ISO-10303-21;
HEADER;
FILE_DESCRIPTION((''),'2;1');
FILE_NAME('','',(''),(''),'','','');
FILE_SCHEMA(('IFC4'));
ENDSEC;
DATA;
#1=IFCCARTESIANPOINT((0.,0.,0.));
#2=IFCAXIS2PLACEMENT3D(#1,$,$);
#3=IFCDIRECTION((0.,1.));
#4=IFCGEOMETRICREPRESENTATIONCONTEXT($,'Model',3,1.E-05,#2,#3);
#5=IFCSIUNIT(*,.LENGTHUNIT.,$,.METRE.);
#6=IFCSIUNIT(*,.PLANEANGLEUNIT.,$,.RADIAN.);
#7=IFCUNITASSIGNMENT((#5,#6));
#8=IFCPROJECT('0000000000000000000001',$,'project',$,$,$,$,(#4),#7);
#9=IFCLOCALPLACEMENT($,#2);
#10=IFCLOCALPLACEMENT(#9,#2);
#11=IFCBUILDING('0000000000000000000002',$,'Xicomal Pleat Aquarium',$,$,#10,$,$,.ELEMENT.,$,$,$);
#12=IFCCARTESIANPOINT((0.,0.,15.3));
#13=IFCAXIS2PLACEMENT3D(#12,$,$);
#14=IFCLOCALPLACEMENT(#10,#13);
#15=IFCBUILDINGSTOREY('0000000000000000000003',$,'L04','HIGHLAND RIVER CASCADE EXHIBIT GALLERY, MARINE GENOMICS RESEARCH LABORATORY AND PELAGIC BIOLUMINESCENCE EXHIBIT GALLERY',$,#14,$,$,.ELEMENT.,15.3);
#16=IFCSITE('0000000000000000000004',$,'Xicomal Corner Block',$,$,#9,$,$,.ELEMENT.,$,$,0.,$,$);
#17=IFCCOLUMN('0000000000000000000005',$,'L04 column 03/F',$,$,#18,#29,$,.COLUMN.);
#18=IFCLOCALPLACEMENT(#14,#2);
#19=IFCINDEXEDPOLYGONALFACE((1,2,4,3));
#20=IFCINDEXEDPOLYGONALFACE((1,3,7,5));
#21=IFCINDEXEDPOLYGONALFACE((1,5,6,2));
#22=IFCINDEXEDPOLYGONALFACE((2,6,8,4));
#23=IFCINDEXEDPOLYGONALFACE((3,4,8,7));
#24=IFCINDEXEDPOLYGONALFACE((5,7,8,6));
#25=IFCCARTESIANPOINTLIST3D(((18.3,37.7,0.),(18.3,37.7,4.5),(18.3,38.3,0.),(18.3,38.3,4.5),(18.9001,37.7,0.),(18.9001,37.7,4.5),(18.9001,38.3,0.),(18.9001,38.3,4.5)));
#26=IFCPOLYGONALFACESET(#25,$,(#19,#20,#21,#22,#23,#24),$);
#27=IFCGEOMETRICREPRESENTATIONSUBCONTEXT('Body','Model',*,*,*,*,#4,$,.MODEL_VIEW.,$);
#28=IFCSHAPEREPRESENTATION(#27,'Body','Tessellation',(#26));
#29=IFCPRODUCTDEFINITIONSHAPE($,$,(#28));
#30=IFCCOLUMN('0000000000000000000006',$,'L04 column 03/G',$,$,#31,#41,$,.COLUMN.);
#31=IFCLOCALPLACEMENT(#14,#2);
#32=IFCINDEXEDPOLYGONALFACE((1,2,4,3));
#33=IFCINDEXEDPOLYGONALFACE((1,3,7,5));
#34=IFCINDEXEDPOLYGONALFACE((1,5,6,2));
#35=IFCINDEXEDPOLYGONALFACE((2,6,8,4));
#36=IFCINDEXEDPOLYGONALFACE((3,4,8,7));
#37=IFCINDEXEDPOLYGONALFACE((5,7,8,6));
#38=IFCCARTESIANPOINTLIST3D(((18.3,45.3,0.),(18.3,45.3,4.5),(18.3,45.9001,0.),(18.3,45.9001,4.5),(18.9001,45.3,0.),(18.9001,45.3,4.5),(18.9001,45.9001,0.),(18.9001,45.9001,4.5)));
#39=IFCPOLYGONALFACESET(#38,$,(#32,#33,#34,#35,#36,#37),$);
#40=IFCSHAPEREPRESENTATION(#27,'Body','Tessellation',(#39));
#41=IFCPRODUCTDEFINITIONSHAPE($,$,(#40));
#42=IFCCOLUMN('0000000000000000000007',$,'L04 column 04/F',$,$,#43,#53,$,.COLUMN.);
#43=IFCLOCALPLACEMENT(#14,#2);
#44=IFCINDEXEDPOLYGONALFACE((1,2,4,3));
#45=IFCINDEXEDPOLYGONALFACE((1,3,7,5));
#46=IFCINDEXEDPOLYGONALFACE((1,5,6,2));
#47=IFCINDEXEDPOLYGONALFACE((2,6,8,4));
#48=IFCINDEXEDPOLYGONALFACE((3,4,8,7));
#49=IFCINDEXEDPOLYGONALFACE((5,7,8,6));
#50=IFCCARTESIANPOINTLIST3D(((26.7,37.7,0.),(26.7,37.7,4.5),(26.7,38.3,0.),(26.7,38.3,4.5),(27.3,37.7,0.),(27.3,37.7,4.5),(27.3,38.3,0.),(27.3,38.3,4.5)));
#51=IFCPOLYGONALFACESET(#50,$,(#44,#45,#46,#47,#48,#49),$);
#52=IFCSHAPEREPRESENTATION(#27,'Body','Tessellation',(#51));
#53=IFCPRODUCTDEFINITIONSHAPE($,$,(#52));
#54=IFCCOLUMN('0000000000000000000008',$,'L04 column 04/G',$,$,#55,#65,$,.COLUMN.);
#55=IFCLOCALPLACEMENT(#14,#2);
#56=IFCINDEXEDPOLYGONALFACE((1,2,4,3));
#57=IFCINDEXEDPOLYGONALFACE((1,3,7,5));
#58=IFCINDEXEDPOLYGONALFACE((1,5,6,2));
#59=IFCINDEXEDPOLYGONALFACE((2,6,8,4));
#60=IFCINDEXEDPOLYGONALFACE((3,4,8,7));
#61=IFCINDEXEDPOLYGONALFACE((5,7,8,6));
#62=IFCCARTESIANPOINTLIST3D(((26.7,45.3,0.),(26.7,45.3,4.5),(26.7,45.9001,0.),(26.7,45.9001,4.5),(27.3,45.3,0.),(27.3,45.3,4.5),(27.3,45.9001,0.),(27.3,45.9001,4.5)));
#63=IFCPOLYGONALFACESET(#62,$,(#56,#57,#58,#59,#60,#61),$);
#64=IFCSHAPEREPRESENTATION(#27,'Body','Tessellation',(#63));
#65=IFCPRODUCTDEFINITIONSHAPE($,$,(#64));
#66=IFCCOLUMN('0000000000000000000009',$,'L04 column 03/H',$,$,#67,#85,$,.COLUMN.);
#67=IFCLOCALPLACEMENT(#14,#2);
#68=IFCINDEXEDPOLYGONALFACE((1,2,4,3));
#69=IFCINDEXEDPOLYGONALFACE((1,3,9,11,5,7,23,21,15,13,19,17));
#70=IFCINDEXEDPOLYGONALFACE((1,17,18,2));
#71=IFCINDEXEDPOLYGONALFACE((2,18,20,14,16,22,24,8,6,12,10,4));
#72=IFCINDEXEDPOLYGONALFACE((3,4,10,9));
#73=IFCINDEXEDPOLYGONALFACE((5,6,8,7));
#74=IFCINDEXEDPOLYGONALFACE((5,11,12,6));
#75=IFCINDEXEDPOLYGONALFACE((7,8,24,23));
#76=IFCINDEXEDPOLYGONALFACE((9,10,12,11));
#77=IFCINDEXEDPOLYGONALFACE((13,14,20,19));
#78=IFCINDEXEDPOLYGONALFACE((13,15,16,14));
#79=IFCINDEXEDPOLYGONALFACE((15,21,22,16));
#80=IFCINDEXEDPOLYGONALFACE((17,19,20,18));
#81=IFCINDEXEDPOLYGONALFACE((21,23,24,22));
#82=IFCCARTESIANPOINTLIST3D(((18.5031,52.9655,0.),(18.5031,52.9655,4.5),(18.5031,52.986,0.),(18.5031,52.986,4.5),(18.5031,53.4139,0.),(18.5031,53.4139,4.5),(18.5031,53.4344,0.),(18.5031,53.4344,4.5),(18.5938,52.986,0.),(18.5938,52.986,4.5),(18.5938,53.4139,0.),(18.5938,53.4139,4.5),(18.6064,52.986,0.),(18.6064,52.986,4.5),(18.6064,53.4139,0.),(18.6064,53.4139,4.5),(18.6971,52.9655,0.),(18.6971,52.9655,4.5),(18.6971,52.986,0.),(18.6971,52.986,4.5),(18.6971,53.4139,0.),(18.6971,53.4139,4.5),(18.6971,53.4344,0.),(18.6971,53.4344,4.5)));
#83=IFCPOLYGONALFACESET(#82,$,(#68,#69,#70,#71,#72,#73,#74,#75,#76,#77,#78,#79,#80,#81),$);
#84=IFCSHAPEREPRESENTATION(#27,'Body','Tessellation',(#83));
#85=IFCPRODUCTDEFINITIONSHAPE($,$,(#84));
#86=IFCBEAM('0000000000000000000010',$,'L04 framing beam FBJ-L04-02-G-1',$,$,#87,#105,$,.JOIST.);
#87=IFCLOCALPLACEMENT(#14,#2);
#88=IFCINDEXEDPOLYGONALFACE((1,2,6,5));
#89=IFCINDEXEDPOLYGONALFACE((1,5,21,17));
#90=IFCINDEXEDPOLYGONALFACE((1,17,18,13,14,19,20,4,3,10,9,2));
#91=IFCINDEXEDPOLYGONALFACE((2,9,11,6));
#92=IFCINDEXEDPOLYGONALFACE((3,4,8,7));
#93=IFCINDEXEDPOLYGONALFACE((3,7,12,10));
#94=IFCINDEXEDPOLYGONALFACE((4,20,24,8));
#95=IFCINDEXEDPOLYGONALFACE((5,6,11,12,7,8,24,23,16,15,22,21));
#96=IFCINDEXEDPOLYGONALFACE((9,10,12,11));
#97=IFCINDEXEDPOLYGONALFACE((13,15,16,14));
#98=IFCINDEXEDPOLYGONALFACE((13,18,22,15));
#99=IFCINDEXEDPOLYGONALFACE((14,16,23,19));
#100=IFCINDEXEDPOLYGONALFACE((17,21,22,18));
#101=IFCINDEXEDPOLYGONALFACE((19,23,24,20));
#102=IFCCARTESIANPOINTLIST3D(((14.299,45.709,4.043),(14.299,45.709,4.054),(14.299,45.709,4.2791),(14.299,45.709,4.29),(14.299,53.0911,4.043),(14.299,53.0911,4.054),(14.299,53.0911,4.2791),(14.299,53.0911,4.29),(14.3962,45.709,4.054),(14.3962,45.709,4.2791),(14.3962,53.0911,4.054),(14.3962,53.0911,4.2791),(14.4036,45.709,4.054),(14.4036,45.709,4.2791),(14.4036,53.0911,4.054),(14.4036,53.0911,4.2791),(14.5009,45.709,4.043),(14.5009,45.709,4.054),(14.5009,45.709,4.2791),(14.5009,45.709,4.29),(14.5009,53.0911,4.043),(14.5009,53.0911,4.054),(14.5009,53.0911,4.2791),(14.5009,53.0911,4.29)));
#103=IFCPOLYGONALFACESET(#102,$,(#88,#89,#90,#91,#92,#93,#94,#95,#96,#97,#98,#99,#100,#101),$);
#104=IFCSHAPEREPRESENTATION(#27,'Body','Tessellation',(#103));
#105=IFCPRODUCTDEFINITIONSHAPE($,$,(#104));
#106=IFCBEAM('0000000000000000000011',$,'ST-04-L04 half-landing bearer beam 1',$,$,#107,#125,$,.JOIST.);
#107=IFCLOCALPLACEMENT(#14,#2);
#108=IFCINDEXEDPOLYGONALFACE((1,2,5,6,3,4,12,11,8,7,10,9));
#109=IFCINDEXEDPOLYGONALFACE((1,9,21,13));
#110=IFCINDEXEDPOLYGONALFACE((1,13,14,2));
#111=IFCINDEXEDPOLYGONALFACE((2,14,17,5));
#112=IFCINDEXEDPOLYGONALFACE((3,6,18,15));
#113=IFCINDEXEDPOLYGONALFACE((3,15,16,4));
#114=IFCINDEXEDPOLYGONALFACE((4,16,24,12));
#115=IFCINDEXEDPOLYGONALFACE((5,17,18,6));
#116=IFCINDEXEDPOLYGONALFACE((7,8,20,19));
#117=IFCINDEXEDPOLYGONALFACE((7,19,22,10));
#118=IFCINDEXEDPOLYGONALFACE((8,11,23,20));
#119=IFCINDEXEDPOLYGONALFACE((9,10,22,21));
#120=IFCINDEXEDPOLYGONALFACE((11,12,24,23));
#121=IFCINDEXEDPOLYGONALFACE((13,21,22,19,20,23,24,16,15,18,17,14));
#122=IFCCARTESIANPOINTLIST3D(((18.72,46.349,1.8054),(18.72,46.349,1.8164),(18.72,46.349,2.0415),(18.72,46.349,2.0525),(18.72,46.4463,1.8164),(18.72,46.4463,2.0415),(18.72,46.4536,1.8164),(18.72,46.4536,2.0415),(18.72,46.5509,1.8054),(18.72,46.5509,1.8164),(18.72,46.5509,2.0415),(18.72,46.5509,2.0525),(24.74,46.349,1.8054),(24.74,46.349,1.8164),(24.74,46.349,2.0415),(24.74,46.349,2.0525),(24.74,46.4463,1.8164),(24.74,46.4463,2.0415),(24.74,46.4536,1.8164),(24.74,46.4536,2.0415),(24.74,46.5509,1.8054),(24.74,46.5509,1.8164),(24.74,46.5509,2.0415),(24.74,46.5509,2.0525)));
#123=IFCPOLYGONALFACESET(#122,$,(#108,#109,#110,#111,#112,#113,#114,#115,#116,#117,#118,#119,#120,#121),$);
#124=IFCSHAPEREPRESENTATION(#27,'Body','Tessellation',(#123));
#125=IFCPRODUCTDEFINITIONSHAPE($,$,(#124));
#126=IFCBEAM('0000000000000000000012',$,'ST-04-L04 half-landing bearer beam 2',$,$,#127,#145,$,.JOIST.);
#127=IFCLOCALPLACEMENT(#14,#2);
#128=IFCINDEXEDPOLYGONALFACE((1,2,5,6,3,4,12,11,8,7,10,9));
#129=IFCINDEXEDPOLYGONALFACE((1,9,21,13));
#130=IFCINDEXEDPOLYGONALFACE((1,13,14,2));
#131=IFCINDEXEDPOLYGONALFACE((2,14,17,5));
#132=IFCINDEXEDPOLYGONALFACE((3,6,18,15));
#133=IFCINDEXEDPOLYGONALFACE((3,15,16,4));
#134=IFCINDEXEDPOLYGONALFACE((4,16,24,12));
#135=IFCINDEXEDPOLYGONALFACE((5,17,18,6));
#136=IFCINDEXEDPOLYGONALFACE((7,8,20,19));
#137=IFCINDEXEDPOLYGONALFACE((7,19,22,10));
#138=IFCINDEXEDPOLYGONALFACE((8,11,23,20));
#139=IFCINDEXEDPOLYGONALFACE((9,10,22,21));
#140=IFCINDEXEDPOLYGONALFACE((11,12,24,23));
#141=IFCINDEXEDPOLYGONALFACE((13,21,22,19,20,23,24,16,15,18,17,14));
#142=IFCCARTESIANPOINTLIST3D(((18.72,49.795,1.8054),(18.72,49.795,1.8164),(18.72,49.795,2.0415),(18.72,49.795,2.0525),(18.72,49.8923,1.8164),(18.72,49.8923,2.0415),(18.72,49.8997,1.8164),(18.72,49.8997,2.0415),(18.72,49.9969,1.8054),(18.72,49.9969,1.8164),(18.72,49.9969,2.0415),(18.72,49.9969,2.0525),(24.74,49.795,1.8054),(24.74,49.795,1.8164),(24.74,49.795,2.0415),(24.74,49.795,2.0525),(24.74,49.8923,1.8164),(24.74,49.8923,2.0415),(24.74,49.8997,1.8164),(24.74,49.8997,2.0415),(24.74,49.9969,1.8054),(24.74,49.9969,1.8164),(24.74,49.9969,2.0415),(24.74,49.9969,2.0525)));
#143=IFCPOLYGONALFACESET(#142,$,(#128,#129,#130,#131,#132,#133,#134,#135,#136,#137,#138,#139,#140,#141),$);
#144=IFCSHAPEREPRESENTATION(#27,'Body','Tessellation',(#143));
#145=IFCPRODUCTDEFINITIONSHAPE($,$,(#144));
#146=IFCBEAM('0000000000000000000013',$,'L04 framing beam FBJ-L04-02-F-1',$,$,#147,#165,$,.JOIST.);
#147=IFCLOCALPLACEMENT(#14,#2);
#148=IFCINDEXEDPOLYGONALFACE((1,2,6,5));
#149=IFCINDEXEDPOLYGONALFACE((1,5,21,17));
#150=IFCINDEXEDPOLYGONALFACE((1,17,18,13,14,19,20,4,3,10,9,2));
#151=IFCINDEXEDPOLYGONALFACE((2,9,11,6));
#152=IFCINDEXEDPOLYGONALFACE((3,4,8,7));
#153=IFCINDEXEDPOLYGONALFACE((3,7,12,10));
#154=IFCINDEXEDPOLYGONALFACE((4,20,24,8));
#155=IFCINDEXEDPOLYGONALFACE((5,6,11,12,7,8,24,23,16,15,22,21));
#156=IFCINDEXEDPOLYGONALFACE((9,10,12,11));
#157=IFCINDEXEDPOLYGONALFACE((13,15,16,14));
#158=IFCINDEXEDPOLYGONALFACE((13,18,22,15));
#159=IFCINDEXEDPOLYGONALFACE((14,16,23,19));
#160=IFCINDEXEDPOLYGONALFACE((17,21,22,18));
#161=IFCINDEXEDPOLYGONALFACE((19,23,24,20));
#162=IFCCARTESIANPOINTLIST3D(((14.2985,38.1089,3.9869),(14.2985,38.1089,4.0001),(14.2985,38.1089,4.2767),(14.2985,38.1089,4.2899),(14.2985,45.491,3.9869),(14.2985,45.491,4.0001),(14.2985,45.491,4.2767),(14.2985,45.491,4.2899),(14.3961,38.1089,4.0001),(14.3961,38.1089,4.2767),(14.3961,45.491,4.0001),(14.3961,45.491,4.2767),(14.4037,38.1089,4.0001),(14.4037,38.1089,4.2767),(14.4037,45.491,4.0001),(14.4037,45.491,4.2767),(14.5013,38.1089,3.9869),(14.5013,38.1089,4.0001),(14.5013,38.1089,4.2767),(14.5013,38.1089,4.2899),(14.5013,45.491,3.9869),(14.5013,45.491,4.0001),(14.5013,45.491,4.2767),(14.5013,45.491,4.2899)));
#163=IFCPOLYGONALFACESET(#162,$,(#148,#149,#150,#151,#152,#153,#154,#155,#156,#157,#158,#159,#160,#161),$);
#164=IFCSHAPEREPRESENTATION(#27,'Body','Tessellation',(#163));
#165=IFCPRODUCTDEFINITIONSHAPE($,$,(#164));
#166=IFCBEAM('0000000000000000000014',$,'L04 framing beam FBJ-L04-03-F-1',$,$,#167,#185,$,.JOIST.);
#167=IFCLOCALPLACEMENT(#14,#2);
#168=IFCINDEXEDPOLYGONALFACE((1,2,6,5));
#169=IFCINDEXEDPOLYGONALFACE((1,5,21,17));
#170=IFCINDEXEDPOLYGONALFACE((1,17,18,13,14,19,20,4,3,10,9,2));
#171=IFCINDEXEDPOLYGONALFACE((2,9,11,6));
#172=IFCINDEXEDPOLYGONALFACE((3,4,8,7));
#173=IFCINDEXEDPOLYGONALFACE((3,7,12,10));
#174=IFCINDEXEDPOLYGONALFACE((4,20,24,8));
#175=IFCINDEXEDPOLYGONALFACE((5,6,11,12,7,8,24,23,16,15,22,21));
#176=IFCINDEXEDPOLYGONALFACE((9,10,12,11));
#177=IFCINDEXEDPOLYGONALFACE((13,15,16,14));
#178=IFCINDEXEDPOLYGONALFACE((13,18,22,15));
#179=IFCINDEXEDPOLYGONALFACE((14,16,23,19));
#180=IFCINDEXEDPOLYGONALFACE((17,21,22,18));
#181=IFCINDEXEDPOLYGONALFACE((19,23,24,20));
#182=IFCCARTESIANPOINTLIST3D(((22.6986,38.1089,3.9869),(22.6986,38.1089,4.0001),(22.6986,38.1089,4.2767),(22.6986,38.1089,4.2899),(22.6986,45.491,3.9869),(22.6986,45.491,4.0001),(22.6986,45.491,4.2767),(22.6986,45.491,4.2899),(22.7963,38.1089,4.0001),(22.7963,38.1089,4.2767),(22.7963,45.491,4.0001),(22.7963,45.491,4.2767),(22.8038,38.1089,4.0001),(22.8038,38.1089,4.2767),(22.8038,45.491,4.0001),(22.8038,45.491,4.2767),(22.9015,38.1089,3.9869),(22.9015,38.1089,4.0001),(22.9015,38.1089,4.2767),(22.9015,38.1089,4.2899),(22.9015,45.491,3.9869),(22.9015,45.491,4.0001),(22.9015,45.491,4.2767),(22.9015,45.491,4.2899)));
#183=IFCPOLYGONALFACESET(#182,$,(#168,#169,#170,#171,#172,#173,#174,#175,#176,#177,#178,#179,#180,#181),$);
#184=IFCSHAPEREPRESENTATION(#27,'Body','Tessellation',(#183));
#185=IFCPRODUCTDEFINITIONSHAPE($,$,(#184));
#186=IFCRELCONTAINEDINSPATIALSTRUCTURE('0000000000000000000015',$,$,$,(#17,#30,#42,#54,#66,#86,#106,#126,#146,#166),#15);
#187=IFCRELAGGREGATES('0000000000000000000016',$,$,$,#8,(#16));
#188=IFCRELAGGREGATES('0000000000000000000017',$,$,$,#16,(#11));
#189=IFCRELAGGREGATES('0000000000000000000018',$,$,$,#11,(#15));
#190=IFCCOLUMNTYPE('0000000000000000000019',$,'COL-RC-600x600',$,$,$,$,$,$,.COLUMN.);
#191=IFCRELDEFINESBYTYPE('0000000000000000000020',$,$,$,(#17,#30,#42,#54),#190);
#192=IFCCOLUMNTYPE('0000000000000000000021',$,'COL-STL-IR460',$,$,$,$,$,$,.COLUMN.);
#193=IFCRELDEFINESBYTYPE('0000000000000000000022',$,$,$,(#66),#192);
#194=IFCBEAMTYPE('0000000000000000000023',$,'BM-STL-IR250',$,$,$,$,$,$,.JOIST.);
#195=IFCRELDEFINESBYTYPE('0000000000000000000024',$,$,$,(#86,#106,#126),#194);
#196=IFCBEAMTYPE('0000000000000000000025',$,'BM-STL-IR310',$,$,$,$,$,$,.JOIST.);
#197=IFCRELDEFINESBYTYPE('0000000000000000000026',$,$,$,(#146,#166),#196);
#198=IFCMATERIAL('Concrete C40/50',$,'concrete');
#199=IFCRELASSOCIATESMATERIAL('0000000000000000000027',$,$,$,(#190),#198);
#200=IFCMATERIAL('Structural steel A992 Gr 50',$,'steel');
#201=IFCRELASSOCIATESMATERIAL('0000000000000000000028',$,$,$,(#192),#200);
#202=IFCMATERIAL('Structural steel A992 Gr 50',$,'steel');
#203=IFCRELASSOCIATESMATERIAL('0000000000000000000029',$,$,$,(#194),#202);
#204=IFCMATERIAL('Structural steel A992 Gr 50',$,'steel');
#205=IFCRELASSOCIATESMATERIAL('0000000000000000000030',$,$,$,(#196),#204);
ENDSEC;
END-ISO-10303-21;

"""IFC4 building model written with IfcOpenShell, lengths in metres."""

from ifc_helpers import new_model, si_unit, direction, frame, origin, origin_2d, place, context, subcontext, project, spatial, rectangle, i_section, extrude, material, material_profile, profile_set, type_object, element, save


model = new_model("IFC4")

# Units and contexts
model_context = context("Model", 3, precision=1e-05, world=origin(), true_north=direction((0.0, 1.0)))
body_context = subcontext(model_context, "Body", "Model", "MODEL_VIEW")
ifc_project = project(units=[si_unit("LENGTHUNIT", "METRE"), si_unit("PLANEANGLEUNIT", "RADIAN")], contexts=[model_context])

# Site, building, storey
site_placement = place(None, origin())
site = spatial("IfcSite", under=ifc_project, at=site_placement, Name="Xicomal Corner Block", CompositionType="ELEMENT", RefElevation=0.0)
building_placement = place(site_placement, origin())
building = spatial("IfcBuilding", under=site, at=building_placement, Name="Xicomal Pleat Aquarium", CompositionType="ELEMENT")
storey_placement = place(building_placement, frame((0.0, 0.0, 15.3)))
storey = spatial("IfcBuildingStorey", under=building, at=storey_placement, Name="L04", Description="HIGHLAND RIVER CASCADE EXHIBIT GALLERY, MARINE GENOMICS RESEARCH LABORATORY AND PELAGIC BIOLUMINESCENCE EXHIBIT GALLERY", CompositionType="ELEMENT", Elevation=15.3)

# Columns
ifc_material_1 = material(Name="Concrete C40/50", Category="concrete")
ifc_material_profile_1 = material_profile(ifc_material_1, rectangle(XDim=0.6001, YDim=0.6001, at=origin_2d()), Name="RC 600x600")
ifc_profile_set_1 = profile_set([ifc_material_profile_1], Name="Concrete C40/50")
column_type_1 = type_object("IfcColumnType", Name="COL-RC-600x600", PredefinedType="COLUMN", material=ifc_profile_set_1)
for number, where, z_axis, x_axis, name in (
    (1, (18.6001, 38.0, 0.0), (0.0, 0.0, 1.0), (1.0, 0.0, 0.0), "L04 column 03/F"),
    (2, (18.6001, 45.6001, 0.0), (0.0, 0.0, 1.0), (1.0, 0.0, 0.0), "L04 column 03/G"),
    (3, (27.0, 38.0, 0.0), (0.0, 0.0, 1.0), (1.0, 0.0, 0.0), "L04 column 04/F"),
    (4, (27.0, 45.6001, 0.0), (0.0, 0.0, 1.0), (1.0, 0.0, 0.0), "L04 column 04/G"),
):
    element("IfcColumn", number, at=place(storey_placement, frame(where, z_axis=z_axis, x_axis=x_axis)), inside=storey, type_object=column_type_1, Name=name, PredefinedType="COLUMN", context=body_context, shape_type="SweptSolid", body=[
        extrude(rectangle(XDim=0.6001, YDim=0.6001, at=origin_2d()), origin(), (0.0, 0.0, 1.0), 4.5),
    ])
ifc_material_2 = material(Name="Structural steel A992 Gr 50", Category="steel")
ifc_material_profile_2 = material_profile(ifc_material_2, i_section(OverallWidth=0.1941, OverallDepth=0.469, WebThickness=0.0127, FlangeThickness=0.0205, at=origin_2d()), Name="IR 460x106")
ifc_profile_set_2 = profile_set([ifc_material_profile_2], Name="Structural steel A992 Gr 50")
column_type_2 = type_object("IfcColumnType", Name="COL-STL-IR460", PredefinedType="COLUMN", material=ifc_profile_set_2)
column_placement = place(storey_placement, frame((18.6001, 53.2, 0.0), z_axis=(0.0, 0.0, 1.0), x_axis=(1.0, 0.0, 0.0)))
element("IfcColumn", 5, at=column_placement, inside=storey, type_object=column_type_2, Name="L04 column 03/H", PredefinedType="COLUMN", context=body_context, shape_type="SweptSolid", body=[
    extrude(i_section(OverallWidth=0.1941, OverallDepth=0.469, WebThickness=0.0127, FlangeThickness=0.0205, at=origin_2d()), origin(), (0.0, 0.0, 1.0), 4.5),
])

# Beams
ifc_material_3 = material(Name="Structural steel A992 Gr 50", Category="steel")
ifc_material_profile_3 = material_profile(ifc_material_3, i_section(OverallWidth=0.2019, OverallDepth=0.2471, WebThickness=0.0073, FlangeThickness=0.011, at=origin_2d()), Name="IR 250x49")
ifc_profile_set_3 = profile_set([ifc_material_profile_3], Name="Structural steel A992 Gr 50")
beam_type_1 = type_object("IfcBeamType", Name="BM-STL-IR250", PredefinedType="JOIST", material=ifc_profile_set_3)
beam_1_placement = place(storey_placement, frame((14.3999, 45.709, 4.1665), z_axis=(0.0, 1.0, 0.0), x_axis=(-1.0, 0.0, 0.0)))
element("IfcBeam", 6, at=beam_1_placement, inside=storey, type_object=beam_type_1, Name="L04 framing beam FBJ-L04-02-G-1", PredefinedType="JOIST", context=body_context, shape_type="SweptSolid", body=[
    extrude(i_section(OverallWidth=0.2019, OverallDepth=0.2471, WebThickness=0.0073, FlangeThickness=0.011, at=origin_2d()), origin(), (0.0, 0.0, 1.0), 7.3821),
])
for number, where, z_axis, x_axis, name in (
    (7, (18.72, 46.45, 1.929), (1.0, 0.0, 0.0), (0.0, 1.0, 0.0), "ST-04-L04 half-landing bearer beam 1"),
    (8, (18.72, 49.896, 1.929), (1.0, 0.0, 0.0), (0.0, 1.0, 0.0), "ST-04-L04 half-landing bearer beam 2"),
):
    element("IfcBeam", number, at=place(storey_placement, frame(where, z_axis=z_axis, x_axis=x_axis)), inside=storey, type_object=beam_type_1, Name=name, PredefinedType="JOIST", context=body_context, shape_type="SweptSolid", body=[
        extrude(i_section(OverallWidth=0.2019, OverallDepth=0.2471, WebThickness=0.0073, FlangeThickness=0.011, at=origin_2d()), origin(), (0.0, 0.0, 1.0), 6.02),
    ])
ifc_material_4 = material(Name="Structural steel A992 Gr 50", Category="steel")
ifc_material_profile_4 = material_profile(ifc_material_4, i_section(OverallWidth=0.2029, OverallDepth=0.303, WebThickness=0.0076, FlangeThickness=0.0132, at=origin_2d()), Name="IR 310x60")
ifc_profile_set_4 = profile_set([ifc_material_profile_4], Name="Structural steel A992 Gr 50")
beam_type_2 = type_object("IfcBeamType", Name="BM-STL-IR310", PredefinedType="JOIST", material=ifc_profile_set_4)
for number, where, z_axis, x_axis, name in (
    (9, (14.3999, 38.1089, 4.1384), (0.0, 1.0, 0.0), (-1.0, 0.0, 0.0), "L04 framing beam FBJ-L04-02-F-1"),
    (10, (22.8, 38.1089, 4.1384), (0.0, 1.0, 0.0), (-1.0, 0.0, 0.0), "L04 framing beam FBJ-L04-03-F-1"),
):
    element("IfcBeam", number, at=place(storey_placement, frame(where, z_axis=z_axis, x_axis=x_axis)), inside=storey, type_object=beam_type_2, Name=name, PredefinedType="JOIST", context=body_context, shape_type="SweptSolid", body=[
        extrude(i_section(OverallWidth=0.2029, OverallDepth=0.303, WebThickness=0.0076, FlangeThickness=0.0132, at=origin_2d()), origin(), (0.0, 0.0, 1.0), 7.3821),
    ])

save(model, "model.ifc")
